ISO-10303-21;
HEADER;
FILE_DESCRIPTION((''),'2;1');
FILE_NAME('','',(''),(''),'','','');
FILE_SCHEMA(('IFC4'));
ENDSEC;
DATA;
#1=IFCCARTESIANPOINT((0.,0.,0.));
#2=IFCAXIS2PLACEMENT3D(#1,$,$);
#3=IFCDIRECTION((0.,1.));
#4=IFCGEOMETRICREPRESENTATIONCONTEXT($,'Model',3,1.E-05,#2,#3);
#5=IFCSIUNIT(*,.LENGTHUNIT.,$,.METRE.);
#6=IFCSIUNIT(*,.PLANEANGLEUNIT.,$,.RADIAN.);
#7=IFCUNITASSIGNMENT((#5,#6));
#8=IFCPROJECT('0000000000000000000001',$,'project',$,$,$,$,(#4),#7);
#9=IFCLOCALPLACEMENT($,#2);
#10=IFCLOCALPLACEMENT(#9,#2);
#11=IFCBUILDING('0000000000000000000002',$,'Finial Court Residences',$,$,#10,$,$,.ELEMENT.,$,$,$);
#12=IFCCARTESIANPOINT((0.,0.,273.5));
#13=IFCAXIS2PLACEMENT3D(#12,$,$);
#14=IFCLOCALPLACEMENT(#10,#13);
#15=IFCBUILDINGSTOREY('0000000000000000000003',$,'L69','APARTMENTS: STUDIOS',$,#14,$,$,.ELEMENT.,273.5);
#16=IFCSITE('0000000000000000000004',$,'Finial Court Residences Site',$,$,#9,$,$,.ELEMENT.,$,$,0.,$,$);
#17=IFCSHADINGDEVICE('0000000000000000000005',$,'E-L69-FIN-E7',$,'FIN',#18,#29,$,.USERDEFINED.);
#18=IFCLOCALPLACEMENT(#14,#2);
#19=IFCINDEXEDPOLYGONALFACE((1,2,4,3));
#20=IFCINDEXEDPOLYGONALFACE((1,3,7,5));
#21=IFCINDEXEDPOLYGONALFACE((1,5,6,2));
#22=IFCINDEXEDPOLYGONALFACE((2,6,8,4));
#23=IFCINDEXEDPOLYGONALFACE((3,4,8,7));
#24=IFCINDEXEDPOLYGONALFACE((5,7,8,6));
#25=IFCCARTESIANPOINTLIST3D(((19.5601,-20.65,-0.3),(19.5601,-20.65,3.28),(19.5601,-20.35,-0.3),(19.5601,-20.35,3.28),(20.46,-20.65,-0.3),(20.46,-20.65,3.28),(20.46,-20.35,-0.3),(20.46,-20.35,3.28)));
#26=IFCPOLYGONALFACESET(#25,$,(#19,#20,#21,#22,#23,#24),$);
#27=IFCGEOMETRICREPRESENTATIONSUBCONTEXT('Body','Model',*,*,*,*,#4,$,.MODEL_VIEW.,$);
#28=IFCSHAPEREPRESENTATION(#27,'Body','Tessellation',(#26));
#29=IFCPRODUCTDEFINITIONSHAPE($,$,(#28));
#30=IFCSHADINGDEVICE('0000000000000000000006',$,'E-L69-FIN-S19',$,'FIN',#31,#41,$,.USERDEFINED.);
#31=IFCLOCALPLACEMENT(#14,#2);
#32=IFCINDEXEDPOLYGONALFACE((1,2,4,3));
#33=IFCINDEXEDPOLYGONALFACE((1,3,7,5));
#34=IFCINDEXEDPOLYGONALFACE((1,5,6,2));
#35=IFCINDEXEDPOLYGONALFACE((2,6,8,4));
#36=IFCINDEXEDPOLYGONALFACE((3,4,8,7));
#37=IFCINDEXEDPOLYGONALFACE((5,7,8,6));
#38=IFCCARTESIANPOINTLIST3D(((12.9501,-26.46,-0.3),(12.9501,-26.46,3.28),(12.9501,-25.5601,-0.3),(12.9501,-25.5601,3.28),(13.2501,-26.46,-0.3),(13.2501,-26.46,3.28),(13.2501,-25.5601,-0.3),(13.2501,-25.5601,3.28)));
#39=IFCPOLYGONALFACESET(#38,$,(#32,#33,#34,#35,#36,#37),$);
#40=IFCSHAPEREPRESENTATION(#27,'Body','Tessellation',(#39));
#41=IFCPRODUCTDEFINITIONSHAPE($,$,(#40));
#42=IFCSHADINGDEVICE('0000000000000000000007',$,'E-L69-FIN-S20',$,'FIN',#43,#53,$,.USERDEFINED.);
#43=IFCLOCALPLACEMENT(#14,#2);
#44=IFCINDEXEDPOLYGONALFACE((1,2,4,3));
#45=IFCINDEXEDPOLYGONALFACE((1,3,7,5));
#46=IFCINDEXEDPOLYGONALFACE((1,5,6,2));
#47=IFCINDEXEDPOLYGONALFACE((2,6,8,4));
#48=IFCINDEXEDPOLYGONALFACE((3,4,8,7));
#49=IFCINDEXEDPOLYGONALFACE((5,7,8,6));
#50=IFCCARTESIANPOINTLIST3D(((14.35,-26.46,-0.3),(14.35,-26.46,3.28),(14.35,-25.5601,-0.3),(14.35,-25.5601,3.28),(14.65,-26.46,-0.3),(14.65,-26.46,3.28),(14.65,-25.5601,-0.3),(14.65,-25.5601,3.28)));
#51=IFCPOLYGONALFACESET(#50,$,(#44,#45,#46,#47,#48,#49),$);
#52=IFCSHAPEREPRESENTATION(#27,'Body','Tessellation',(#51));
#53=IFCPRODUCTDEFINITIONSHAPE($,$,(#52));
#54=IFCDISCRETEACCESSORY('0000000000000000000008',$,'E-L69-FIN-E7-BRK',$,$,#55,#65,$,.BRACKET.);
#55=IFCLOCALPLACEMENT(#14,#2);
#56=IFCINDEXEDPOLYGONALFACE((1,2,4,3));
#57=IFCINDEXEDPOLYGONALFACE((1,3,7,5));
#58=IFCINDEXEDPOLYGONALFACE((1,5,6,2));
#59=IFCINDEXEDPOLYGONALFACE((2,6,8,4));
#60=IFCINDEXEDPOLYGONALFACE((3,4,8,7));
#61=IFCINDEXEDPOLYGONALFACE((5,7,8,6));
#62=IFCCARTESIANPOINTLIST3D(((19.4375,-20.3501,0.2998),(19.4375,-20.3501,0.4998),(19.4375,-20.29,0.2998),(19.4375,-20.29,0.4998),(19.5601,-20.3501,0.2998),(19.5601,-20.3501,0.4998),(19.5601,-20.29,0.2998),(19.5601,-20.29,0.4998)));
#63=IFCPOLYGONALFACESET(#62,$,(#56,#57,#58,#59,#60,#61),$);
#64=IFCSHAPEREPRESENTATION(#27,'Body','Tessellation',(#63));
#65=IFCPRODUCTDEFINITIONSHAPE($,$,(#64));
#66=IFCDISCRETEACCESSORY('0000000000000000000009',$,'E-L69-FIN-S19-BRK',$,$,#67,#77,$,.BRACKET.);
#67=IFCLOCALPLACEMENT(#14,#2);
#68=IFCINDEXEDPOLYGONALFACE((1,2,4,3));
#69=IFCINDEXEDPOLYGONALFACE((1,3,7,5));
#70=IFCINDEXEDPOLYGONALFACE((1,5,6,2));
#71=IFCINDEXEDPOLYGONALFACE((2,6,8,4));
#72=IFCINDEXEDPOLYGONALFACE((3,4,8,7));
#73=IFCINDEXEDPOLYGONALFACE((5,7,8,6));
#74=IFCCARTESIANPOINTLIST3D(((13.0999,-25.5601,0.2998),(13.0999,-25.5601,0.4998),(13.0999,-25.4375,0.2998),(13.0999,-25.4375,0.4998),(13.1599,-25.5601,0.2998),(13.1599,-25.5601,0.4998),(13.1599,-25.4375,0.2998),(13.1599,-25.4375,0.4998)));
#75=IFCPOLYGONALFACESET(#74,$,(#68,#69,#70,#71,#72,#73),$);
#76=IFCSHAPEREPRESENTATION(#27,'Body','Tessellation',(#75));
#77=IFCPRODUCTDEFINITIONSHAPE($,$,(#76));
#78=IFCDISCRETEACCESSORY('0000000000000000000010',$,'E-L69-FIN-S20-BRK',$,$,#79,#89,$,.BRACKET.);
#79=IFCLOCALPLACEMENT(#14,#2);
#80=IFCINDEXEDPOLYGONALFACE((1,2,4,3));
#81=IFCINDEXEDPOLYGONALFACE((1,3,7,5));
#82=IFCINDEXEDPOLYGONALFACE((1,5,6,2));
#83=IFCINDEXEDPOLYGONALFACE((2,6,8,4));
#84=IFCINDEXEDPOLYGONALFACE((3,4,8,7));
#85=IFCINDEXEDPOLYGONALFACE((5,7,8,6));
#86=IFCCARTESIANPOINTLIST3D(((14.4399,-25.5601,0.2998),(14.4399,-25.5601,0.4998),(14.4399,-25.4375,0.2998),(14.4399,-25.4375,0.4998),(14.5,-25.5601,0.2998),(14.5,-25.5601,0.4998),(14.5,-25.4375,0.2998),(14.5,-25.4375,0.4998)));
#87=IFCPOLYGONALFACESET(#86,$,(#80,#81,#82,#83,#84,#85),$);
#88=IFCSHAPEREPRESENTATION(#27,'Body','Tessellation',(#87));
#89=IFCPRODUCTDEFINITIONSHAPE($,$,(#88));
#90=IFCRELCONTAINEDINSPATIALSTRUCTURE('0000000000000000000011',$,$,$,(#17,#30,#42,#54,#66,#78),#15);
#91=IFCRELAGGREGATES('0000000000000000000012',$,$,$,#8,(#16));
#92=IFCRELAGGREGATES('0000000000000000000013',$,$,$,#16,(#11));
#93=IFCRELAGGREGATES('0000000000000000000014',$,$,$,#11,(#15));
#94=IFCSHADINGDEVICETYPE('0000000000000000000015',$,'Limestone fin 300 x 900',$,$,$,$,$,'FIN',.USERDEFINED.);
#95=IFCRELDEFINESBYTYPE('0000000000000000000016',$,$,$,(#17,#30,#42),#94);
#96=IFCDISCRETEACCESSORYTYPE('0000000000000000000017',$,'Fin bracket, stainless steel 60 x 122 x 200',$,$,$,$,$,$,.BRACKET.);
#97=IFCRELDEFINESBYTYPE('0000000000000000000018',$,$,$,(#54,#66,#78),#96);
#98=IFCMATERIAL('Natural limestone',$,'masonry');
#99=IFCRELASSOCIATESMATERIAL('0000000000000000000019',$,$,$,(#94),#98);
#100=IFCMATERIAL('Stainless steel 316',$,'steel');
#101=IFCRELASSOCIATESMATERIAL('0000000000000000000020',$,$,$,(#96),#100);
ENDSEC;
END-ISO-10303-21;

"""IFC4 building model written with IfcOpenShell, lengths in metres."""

from ifc_helpers import new_model, si_unit, direction, frame, origin, origin_2d, place, context, subcontext, project, spatial, rectangle, extrude, material, type_object, element, save


model = new_model("IFC4")

# Units and contexts
model_context = context("Model", 3, precision=1e-05, world=origin(), true_north=direction((0.0, 1.0)))
body_context = subcontext(model_context, "Body", "Model", "MODEL_VIEW")
ifc_project = project(units=[si_unit("LENGTHUNIT", "METRE"), si_unit("PLANEANGLEUNIT", "RADIAN")], contexts=[model_context])

# Site, building, storey
site_placement = place(None, origin())
site = spatial("IfcSite", under=ifc_project, at=site_placement, Name="Finial Court Residences Site", CompositionType="ELEMENT", RefElevation=0.0)
building_placement = place(site_placement, origin())
building = spatial("IfcBuilding", under=site, at=building_placement, Name="Finial Court Residences", CompositionType="ELEMENT")
storey_placement = place(building_placement, frame((0.0, 0.0, 273.5)))
storey = spatial("IfcBuildingStorey", under=building, at=storey_placement, Name="L69", Description="APARTMENTS: STUDIOS", CompositionType="ELEMENT", Elevation=273.5)

# Shared definitions
ifc_material_1 = material(Name="Natural limestone", Category="masonry")

# Shading devices
shading_device_type = type_object("IfcShadingDeviceType", Name="Limestone fin 300 x 900", ElementType="FIN", PredefinedType="USERDEFINED", material=ifc_material_1)
shading_device_placement = place(storey_placement, frame((20.01, -20.5, -0.3), z_axis=(0.0, 0.0, 1.0), x_axis=(1.0, 0.0, 0.0)))
element("IfcShadingDevice", 1, at=shading_device_placement, inside=storey, type_object=shading_device_type, Name="E-L69-FIN-E7", ObjectType="FIN", PredefinedType="USERDEFINED", context=body_context, shape_type="SweptSolid", body=[
    extrude(rectangle(XDim=0.8999, YDim=0.3, at=origin_2d()), origin(), (0.0, 0.0, 1.0), 3.5801),
])
for number, where, z_axis, x_axis, name in (
    (2, (13.1001, -26.01, -0.3), (0.0, 0.0, 1.0), (1.0, 0.0, 0.0), "E-L69-FIN-S19"),
    (3, (14.5, -26.01, -0.3), (0.0, 0.0, 1.0), (1.0, 0.0, 0.0), "E-L69-FIN-S20"),
):
    element("IfcShadingDevice", number, at=place(storey_placement, frame(where, z_axis=z_axis, x_axis=x_axis)), inside=storey, type_object=shading_device_type, Name=name, ObjectType="FIN", PredefinedType="USERDEFINED", context=body_context, shape_type="SweptSolid", body=[
        extrude(rectangle(XDim=0.3, YDim=0.8999, at=origin_2d()), origin(), (0.0, 0.0, 1.0), 3.5801),
    ])

# Discrete accessories
ifc_material_2 = material(Name="Stainless steel 316", Category="steel")
discrete_accessory_type = type_object("IfcDiscreteAccessoryType", Name="Fin bracket, stainless steel 60 x 122 x 200", PredefinedType="BRACKET", material=ifc_material_2)
discrete_accessory_placement = place(storey_placement, frame((19.4988, -20.3201, 0.2998), z_axis=(0.0, 0.0, 1.0), x_axis=(1.0, 0.0, 0.0)))
element("IfcDiscreteAccessory", 4, at=discrete_accessory_placement, inside=storey, type_object=discrete_accessory_type, Name="E-L69-FIN-E7-BRK", PredefinedType="BRACKET", context=body_context, shape_type="SweptSolid", body=[
    extrude(rectangle(XDim=0.1226, YDim=0.0601, at=origin_2d()), origin(), (0.0, 0.0, 1.0), 0.2),
])
for number, where, z_axis, x_axis, name in (
    (5, (13.1299, -25.4988, 0.2998), (0.0, 0.0, 1.0), (1.0, 0.0, 0.0), "E-L69-FIN-S19-BRK"),
    (6, (14.47, -25.4988, 0.2998), (0.0, 0.0, 1.0), (1.0, 0.0, 0.0), "E-L69-FIN-S20-BRK"),
):
    element("IfcDiscreteAccessory", number, at=place(storey_placement, frame(where, z_axis=z_axis, x_axis=x_axis)), inside=storey, type_object=discrete_accessory_type, Name=name, PredefinedType="BRACKET", context=body_context, shape_type="SweptSolid", body=[
        extrude(rectangle(XDim=0.0601, YDim=0.1226, at=origin_2d()), origin(), (0.0, 0.0, 1.0), 0.2),
    ])

save(model, "model.ifc")
